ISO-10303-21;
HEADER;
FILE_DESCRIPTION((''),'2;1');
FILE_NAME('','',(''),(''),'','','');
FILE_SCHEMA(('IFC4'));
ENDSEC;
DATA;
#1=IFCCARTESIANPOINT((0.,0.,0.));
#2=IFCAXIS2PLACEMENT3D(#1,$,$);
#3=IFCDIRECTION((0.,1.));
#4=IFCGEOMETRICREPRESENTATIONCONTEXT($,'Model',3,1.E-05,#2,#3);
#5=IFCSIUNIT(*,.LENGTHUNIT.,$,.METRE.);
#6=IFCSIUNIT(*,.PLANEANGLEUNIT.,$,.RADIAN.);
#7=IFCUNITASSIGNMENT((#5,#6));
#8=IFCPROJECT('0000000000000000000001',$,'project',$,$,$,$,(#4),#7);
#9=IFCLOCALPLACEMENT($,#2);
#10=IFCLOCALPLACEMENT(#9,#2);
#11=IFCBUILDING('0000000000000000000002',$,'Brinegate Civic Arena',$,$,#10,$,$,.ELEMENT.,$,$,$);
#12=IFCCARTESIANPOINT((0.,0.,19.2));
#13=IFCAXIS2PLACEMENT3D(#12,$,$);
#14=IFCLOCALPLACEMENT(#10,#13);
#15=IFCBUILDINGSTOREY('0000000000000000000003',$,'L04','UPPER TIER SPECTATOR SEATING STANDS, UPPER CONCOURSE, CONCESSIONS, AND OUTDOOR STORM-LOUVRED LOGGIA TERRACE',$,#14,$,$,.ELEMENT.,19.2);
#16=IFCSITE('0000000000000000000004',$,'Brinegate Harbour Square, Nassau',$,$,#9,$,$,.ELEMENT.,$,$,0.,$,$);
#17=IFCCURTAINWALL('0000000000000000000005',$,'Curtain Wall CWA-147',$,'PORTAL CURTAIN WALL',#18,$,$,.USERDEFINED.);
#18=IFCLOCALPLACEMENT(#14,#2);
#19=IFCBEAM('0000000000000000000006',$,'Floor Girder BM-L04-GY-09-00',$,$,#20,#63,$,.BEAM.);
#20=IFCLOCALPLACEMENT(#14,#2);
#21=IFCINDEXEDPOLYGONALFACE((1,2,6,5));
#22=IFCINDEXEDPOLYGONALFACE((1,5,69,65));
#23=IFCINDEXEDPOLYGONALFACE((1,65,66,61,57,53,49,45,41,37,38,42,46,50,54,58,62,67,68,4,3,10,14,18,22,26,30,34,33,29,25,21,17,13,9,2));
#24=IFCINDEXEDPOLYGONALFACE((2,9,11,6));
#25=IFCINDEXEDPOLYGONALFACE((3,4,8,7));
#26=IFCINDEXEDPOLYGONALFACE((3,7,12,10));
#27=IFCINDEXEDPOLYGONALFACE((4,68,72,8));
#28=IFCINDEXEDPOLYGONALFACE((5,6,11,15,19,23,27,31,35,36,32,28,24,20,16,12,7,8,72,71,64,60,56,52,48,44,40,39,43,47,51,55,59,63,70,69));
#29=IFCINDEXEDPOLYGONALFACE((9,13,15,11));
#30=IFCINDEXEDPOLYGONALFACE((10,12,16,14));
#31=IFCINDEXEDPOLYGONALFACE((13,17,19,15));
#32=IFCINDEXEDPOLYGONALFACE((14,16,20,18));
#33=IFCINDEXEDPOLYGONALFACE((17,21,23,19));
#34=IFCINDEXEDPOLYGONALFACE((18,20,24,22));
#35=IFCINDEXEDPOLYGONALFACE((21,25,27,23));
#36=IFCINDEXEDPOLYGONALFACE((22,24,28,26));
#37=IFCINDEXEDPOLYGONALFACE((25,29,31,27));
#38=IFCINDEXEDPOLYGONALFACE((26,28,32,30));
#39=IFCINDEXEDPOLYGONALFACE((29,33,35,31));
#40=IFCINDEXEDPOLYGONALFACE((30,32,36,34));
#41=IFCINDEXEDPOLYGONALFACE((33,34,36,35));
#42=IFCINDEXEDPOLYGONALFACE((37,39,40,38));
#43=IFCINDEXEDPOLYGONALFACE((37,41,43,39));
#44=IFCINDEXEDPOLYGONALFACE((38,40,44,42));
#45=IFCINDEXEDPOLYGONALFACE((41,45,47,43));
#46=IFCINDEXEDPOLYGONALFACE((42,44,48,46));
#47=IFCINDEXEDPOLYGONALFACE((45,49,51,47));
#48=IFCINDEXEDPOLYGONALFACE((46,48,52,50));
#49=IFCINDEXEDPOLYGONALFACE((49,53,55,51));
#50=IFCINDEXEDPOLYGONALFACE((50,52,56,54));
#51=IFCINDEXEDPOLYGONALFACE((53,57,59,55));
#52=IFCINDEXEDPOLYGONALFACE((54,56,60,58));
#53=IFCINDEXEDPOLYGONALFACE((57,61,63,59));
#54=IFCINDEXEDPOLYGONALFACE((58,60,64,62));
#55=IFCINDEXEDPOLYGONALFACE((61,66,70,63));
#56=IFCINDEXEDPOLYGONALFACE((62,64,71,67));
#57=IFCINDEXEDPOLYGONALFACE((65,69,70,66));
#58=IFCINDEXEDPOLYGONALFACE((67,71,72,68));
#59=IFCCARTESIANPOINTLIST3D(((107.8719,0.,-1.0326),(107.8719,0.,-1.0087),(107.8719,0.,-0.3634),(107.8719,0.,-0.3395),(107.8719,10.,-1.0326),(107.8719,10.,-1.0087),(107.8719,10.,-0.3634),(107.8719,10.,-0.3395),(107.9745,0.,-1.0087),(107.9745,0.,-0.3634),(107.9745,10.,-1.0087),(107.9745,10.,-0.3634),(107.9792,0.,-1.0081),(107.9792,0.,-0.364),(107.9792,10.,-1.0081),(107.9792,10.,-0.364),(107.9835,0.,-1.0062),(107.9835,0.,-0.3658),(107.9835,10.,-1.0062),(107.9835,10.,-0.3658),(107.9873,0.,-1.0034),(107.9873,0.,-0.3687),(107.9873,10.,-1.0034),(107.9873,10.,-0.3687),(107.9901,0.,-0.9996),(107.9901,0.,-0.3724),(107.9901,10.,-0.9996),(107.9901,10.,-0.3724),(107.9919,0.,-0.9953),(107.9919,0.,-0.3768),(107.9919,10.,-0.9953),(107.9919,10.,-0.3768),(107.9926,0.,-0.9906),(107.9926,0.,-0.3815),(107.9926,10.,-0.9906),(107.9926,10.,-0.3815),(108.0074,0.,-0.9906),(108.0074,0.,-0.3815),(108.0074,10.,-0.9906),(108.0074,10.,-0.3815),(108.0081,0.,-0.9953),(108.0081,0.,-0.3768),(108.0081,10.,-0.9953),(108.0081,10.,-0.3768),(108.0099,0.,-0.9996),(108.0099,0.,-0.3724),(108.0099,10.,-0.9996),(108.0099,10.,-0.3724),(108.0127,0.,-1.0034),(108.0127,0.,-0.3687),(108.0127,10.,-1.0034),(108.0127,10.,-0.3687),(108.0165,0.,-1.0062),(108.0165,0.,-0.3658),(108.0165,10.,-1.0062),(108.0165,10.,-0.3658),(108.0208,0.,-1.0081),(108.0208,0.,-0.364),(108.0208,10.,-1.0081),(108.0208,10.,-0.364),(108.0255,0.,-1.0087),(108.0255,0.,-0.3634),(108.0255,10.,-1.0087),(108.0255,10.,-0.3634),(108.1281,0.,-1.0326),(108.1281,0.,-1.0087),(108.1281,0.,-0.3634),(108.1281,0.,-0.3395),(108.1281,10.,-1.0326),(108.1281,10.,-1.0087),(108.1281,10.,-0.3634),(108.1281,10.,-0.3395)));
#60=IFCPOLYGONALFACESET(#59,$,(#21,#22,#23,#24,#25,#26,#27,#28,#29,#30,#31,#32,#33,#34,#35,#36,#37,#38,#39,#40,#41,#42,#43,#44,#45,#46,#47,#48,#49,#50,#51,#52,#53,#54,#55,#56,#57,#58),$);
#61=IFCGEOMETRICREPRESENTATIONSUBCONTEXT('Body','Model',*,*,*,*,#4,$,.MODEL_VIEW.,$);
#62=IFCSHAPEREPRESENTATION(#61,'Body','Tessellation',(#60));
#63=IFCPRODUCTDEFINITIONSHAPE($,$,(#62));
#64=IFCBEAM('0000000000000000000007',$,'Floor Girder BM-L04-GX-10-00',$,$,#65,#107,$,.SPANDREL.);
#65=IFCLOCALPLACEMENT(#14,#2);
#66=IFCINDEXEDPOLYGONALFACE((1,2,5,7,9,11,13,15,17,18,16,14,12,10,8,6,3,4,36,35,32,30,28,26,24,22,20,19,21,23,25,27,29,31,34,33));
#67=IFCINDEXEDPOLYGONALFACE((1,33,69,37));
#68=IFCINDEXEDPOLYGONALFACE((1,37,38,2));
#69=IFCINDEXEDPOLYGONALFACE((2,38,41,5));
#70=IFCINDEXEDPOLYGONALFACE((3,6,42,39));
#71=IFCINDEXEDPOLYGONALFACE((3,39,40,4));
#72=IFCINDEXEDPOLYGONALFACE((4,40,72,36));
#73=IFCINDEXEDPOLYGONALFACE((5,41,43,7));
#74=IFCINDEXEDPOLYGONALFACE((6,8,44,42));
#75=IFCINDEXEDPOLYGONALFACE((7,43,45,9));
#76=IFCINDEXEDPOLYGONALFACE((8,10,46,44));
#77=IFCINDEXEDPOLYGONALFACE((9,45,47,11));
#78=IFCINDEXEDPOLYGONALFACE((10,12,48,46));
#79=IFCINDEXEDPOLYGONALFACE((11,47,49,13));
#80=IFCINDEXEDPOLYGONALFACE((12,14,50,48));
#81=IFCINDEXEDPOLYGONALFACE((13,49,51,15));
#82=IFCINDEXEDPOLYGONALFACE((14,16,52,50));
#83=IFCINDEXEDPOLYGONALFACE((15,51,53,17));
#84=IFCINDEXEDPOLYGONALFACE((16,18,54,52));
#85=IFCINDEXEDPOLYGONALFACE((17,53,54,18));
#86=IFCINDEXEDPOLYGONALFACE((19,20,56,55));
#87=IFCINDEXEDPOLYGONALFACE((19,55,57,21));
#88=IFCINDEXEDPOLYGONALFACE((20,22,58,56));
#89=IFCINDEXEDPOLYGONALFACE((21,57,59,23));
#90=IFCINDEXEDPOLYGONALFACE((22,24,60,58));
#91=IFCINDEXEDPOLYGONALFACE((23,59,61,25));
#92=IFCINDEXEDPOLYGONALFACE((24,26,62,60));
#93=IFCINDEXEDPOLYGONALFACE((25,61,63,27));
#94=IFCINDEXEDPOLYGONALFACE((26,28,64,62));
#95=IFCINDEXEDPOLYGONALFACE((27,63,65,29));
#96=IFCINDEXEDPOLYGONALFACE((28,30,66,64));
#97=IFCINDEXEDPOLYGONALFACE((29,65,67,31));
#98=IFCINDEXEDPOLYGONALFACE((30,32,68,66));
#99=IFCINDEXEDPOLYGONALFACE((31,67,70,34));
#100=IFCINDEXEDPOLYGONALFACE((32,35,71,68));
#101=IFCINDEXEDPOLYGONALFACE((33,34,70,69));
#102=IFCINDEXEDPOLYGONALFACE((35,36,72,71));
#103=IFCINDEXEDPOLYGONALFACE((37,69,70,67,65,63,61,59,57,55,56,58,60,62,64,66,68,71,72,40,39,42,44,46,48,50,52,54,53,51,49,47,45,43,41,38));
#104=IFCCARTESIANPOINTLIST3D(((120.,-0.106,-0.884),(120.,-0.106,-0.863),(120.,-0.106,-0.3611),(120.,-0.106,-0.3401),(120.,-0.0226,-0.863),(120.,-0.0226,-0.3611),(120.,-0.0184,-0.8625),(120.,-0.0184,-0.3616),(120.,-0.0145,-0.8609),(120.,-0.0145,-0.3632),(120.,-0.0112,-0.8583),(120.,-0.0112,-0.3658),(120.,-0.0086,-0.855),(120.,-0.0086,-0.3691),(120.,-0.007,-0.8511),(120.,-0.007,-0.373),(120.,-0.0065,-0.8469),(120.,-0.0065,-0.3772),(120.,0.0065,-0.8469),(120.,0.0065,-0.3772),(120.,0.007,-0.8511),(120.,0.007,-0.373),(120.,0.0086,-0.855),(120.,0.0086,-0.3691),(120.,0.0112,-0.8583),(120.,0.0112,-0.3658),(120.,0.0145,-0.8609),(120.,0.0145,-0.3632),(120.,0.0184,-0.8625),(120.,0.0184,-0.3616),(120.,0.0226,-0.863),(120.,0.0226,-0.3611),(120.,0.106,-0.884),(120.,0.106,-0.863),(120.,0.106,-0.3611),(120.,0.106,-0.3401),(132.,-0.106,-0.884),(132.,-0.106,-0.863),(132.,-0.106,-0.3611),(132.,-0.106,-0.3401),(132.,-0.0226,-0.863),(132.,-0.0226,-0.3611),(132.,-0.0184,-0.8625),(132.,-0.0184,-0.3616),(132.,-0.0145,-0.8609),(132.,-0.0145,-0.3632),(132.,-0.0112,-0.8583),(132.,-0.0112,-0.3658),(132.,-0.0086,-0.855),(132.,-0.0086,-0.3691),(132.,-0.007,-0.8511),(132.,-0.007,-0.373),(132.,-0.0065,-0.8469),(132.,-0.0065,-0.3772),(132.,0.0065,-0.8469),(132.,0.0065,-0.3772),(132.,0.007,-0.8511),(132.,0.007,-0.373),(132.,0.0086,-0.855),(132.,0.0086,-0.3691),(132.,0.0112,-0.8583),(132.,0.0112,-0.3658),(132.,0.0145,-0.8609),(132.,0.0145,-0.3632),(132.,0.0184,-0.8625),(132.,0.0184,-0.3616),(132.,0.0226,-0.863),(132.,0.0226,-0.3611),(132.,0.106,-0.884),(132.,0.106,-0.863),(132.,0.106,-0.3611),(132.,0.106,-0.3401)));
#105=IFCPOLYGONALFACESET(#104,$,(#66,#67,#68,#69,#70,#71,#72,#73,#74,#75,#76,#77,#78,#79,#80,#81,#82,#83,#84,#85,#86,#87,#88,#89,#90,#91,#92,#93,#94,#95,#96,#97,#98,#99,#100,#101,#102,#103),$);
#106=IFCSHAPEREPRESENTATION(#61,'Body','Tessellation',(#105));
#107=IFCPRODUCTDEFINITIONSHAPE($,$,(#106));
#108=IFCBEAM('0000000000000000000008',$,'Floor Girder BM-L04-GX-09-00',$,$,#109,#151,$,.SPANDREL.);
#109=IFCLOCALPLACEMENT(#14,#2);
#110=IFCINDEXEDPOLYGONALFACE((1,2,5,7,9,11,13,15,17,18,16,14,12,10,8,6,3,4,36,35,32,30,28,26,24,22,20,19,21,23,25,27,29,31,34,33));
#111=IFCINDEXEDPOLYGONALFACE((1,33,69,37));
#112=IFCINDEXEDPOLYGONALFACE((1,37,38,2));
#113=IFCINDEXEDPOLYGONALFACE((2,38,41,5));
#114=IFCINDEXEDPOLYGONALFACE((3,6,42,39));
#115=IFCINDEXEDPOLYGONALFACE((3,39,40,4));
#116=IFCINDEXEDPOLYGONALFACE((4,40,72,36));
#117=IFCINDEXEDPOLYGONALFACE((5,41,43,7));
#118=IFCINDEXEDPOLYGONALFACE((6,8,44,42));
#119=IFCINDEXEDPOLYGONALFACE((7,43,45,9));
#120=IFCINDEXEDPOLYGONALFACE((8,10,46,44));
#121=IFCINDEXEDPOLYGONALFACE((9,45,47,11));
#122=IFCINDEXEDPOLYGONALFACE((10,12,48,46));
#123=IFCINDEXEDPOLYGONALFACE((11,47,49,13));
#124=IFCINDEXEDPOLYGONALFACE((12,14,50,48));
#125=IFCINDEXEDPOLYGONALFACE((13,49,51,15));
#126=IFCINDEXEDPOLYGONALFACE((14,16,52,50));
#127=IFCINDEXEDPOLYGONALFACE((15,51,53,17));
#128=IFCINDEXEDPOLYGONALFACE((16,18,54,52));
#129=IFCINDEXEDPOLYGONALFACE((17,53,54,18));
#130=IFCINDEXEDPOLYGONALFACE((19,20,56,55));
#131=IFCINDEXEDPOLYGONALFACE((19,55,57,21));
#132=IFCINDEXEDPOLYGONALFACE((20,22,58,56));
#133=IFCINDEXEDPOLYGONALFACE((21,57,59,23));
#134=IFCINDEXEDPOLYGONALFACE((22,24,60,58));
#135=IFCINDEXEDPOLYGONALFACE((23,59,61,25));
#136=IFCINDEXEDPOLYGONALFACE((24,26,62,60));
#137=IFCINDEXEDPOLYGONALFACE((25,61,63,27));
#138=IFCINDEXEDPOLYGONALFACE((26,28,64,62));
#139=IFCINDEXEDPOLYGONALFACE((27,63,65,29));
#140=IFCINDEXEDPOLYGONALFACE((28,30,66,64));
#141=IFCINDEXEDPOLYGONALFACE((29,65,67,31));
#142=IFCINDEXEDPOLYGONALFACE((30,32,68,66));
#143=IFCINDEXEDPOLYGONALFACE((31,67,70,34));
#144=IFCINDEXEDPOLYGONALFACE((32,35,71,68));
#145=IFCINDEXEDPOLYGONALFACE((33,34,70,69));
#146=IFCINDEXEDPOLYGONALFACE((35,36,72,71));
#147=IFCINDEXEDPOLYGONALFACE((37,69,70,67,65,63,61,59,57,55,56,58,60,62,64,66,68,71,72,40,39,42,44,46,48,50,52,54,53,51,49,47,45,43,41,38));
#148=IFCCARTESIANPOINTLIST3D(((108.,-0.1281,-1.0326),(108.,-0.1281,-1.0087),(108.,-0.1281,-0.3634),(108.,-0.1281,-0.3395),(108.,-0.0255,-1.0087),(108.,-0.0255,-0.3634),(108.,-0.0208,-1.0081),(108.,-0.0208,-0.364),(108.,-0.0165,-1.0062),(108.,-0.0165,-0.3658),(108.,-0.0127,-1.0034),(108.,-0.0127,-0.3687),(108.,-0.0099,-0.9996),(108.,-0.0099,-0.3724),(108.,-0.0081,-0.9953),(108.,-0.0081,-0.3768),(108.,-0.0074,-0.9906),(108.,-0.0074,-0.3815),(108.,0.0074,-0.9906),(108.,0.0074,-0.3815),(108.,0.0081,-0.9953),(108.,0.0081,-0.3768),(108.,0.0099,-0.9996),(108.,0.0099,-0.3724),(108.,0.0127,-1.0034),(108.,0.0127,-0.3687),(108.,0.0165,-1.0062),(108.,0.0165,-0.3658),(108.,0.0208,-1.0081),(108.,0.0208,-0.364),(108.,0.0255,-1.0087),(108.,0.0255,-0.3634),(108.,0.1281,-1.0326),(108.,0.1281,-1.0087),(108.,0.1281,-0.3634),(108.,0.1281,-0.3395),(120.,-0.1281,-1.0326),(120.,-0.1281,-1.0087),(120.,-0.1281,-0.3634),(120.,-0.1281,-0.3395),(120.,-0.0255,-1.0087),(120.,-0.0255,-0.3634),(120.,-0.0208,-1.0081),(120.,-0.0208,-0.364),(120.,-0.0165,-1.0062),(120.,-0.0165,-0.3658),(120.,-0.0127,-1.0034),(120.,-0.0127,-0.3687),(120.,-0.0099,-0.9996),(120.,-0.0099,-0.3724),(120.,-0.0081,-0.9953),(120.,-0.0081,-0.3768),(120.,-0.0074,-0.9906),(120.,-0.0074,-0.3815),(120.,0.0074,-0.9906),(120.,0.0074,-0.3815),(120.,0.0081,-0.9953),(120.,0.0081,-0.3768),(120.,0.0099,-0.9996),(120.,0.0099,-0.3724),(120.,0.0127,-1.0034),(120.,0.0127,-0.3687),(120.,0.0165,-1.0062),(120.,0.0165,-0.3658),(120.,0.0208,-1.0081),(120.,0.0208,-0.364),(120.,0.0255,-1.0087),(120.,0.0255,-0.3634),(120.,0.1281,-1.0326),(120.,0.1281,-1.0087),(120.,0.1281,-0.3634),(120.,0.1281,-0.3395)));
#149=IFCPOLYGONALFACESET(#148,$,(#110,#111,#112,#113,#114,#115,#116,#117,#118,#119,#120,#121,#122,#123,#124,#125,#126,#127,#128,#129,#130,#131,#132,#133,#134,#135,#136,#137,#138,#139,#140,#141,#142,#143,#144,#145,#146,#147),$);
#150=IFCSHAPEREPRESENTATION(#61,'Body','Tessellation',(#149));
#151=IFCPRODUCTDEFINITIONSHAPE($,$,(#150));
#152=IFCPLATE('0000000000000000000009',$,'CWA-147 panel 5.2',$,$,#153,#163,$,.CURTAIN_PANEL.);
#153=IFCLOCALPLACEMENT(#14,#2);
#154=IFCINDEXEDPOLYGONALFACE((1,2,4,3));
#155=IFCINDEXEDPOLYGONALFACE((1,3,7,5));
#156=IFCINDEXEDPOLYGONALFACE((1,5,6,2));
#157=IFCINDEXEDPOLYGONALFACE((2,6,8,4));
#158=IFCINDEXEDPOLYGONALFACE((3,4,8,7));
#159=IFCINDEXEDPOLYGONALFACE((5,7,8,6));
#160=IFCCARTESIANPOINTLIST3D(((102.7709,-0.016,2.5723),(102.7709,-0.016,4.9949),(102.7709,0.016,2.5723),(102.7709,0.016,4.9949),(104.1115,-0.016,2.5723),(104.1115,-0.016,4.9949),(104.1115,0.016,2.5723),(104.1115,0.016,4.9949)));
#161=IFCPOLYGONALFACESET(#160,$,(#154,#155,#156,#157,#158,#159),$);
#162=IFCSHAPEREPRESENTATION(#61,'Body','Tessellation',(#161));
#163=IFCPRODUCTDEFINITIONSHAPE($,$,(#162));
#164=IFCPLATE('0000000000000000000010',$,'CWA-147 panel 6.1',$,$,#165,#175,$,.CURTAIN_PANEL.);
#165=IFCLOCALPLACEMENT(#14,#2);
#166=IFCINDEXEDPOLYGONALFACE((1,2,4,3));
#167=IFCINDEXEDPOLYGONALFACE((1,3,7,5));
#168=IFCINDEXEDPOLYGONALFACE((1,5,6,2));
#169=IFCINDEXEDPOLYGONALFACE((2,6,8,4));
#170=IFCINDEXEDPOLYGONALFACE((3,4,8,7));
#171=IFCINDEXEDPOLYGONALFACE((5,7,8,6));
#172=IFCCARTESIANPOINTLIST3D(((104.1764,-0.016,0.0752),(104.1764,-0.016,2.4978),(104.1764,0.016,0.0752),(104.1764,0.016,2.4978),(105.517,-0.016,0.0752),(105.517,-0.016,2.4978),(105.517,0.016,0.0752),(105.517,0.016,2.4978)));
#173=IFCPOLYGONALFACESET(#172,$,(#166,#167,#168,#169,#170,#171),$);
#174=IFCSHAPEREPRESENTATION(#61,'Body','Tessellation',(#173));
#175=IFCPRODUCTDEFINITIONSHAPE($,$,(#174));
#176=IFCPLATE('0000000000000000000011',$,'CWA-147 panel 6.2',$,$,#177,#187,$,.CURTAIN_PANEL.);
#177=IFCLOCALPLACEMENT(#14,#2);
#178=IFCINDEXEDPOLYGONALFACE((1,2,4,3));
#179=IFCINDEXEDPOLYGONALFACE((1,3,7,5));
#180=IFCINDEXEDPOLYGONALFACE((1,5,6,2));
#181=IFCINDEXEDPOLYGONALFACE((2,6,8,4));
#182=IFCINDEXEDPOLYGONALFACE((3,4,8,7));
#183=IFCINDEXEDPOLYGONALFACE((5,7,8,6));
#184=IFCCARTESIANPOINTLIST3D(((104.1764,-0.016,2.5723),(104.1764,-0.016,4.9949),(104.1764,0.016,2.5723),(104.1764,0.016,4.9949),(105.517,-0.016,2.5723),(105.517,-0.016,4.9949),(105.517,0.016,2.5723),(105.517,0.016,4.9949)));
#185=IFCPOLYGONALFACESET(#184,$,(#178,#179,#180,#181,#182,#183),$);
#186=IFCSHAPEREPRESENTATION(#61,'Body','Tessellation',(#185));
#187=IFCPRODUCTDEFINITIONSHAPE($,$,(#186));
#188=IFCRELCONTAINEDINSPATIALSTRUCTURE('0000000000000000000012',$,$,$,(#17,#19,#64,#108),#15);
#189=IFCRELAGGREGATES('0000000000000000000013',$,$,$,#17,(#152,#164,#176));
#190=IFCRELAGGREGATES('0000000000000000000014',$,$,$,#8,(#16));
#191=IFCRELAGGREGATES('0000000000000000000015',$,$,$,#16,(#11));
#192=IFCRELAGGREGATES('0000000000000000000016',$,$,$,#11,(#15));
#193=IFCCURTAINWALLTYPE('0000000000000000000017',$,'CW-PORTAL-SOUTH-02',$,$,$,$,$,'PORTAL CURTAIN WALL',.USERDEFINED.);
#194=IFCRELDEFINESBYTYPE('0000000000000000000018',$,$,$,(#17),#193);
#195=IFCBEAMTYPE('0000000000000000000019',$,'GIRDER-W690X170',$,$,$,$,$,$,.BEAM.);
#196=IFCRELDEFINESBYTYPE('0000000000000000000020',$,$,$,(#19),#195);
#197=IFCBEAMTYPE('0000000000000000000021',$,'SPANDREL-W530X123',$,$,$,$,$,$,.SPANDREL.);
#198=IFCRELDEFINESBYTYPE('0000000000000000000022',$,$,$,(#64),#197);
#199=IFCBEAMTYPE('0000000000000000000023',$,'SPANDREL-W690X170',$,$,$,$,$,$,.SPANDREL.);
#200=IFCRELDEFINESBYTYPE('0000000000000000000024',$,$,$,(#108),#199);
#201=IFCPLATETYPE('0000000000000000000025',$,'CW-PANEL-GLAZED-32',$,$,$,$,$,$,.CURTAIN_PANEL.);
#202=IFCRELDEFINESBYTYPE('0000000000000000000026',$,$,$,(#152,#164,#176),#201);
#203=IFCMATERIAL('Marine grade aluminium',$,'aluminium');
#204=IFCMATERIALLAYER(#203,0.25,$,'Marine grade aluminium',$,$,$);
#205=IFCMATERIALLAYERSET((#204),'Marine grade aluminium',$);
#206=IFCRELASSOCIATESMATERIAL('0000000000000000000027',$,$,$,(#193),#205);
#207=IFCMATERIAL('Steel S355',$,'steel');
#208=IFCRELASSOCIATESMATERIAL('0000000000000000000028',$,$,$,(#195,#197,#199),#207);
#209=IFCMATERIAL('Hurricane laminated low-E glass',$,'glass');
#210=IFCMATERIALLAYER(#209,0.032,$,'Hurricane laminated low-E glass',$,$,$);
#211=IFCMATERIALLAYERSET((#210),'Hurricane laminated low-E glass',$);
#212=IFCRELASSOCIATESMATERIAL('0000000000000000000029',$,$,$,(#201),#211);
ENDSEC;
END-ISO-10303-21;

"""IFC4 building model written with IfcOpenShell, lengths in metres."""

from ifc_helpers import new_model, si_unit, direction, frame, origin, origin_2d, place, context, subcontext, project, spatial, rectangle, i_section, extrude, material, layer, layer_set, material_profile, profile_set, type_object, element, aggregate, save


model = new_model("IFC4")

# Units and contexts
model_context = context("Model", 3, precision=1e-05, world=origin(), true_north=direction((0.0, 1.0)))
body_context = subcontext(model_context, "Body", "Model", "MODEL_VIEW")
ifc_project = project(units=[si_unit("LENGTHUNIT", "METRE"), si_unit("PLANEANGLEUNIT", "RADIAN")], contexts=[model_context])

# Site, building, storey
site_placement = place(None, origin())
site = spatial("IfcSite", under=ifc_project, at=site_placement, Name="Brinegate Harbour Square, Nassau", CompositionType="ELEMENT", RefElevation=0.0)
building_placement = place(site_placement, origin())
building = spatial("IfcBuilding", under=site, at=building_placement, Name="Brinegate Civic Arena", CompositionType="ELEMENT")
storey_placement = place(building_placement, frame((0.0, 0.0, 19.2)))
storey = spatial("IfcBuildingStorey", under=building, at=storey_placement, Name="L04", Description="UPPER TIER SPECTATOR SEATING STANDS, UPPER CONCOURSE, CONCESSIONS, AND OUTDOOR STORM-LOUVRED LOGGIA TERRACE", CompositionType="ELEMENT", Elevation=19.2)

# Curtain wall
ifc_material_1 = material(Name="Marine grade aluminium", Category="aluminium")
ifc_layer_1 = layer(ifc_material_1, 0.25, Name="Marine grade aluminium")
ifc_layer_set_1 = layer_set([ifc_layer_1], Name="Marine grade aluminium")
curtain_wall_type = type_object("IfcCurtainWallType", Name="CW-PORTAL-SOUTH-02", ElementType="PORTAL CURTAIN WALL", PredefinedType="USERDEFINED", material=ifc_layer_set_1)
curtain_wall_placement = place(storey_placement, origin())
curtain_wall = element("IfcCurtainWall", 1, at=curtain_wall_placement, inside=storey, type_object=curtain_wall_type, Name="Curtain Wall CWA-147", ObjectType="PORTAL CURTAIN WALL", PredefinedType="USERDEFINED")

# Beams
ifc_material_2 = material(Name="Steel S355", Category="steel")
ifc_material_profile_1 = material_profile(ifc_material_2, i_section(OverallWidth=0.2561, OverallDepth=0.6931, WebThickness=0.0149, FlangeThickness=0.0239, FilletRadius=0.0181, at=origin_2d()), Name="W690X170")
ifc_profile_set_1 = profile_set([ifc_material_profile_1], Name="Steel S355")
beam_type_1 = type_object("IfcBeamType", Name="GIRDER-W690X170", PredefinedType="BEAM", material=ifc_profile_set_1)
beam_1_placement = place(storey_placement, frame((108.0, 0.0, -0.686), z_axis=(0.0, 1.0, 0.0), x_axis=(-1.0, 0.0, 0.0)))
element("IfcBeam", 2, at=beam_1_placement, inside=storey, type_object=beam_type_1, Name="Floor Girder BM-L04-GY-09-00", PredefinedType="BEAM", context=body_context, shape_type="SweptSolid", body=[
    extrude(i_section(OverallWidth=0.2561, OverallDepth=0.6931, WebThickness=0.0149, FlangeThickness=0.0239, FilletRadius=0.0181, at=origin_2d()), origin(), (0.0, 0.0, 1.0), 10.0),
])
ifc_material_profile_2 = material_profile(ifc_material_2, i_section(OverallWidth=0.2119, OverallDepth=0.5439, WebThickness=0.0129, FlangeThickness=0.021, FilletRadius=0.0161, at=origin_2d()), Name="W530X123")
ifc_profile_set_2 = profile_set([ifc_material_profile_2], Name="Steel S355")
beam_type_2 = type_object("IfcBeamType", Name="SPANDREL-W530X123", PredefinedType="SPANDREL", material=ifc_profile_set_2)
beam_2_placement = place(storey_placement, frame((120.0, 0.0, -0.6121), z_axis=(1.0, 0.0, 0.0), x_axis=(0.0, 1.0, 0.0)))
element("IfcBeam", 3, at=beam_2_placement, inside=storey, type_object=beam_type_2, Name="Floor Girder BM-L04-GX-10-00", PredefinedType="SPANDREL", context=body_context, shape_type="SweptSolid", body=[
    extrude(i_section(OverallWidth=0.2119, OverallDepth=0.5439, WebThickness=0.0129, FlangeThickness=0.021, FilletRadius=0.0161, at=origin_2d()), origin(), (0.0, 0.0, 1.0), 12.0),
])
ifc_material_profile_3 = material_profile(ifc_material_2, i_section(OverallWidth=0.2561, OverallDepth=0.6931, WebThickness=0.0149, FlangeThickness=0.0239, FilletRadius=0.0181, at=origin_2d()), Name="W690X170")
ifc_profile_set_3 = profile_set([ifc_material_profile_3], Name="Steel S355")
beam_type_3 = type_object("IfcBeamType", Name="SPANDREL-W690X170", PredefinedType="SPANDREL", material=ifc_profile_set_3)
beam_3_placement = place(storey_placement, frame((108.0, 0.0, -0.686), z_axis=(1.0, 0.0, 0.0), x_axis=(0.0, 1.0, 0.0)))
element("IfcBeam", 4, at=beam_3_placement, inside=storey, type_object=beam_type_3, Name="Floor Girder BM-L04-GX-09-00", PredefinedType="SPANDREL", context=body_context, shape_type="SweptSolid", body=[
    extrude(i_section(OverallWidth=0.2561, OverallDepth=0.6931, WebThickness=0.0149, FlangeThickness=0.0239, FilletRadius=0.0181, at=origin_2d()), origin(), (0.0, 0.0, 1.0), 12.0),
])

# Plates
ifc_material_3 = material(Name="Hurricane laminated low-E glass", Category="glass")
ifc_layer_2 = layer(ifc_material_3, 0.032, Name="Hurricane laminated low-E glass")
ifc_layer_set_2 = layer_set([ifc_layer_2], Name="Hurricane laminated low-E glass")
plate_type = type_object("IfcPlateType", Name="CW-PANEL-GLAZED-32", PredefinedType="CURTAIN_PANEL", material=ifc_layer_set_2)
plate_1_placement = place(storey_placement, frame((103.4412, 0.0, 2.5723), z_axis=(0.0, 0.0, 1.0), x_axis=(1.0, 0.0, 0.0)))
plate_1 = element("IfcPlate", 5, at=plate_1_placement, type_object=plate_type, Name="CWA-147 panel 5.2", PredefinedType="CURTAIN_PANEL", context=body_context, shape_type="SweptSolid", body=[
    extrude(rectangle(XDim=1.3406, YDim=0.032, at=origin_2d()), origin(), (0.0, 0.0, 1.0), 2.4226),
])
plate_2_placement = place(storey_placement, frame((104.8467, 0.0, 0.0752), z_axis=(0.0, 0.0, 1.0), x_axis=(1.0, 0.0, 0.0)))
plate_2 = element("IfcPlate", 6, at=plate_2_placement, type_object=plate_type, Name="CWA-147 panel 6.1", PredefinedType="CURTAIN_PANEL", context=body_context, shape_type="SweptSolid", body=[
    extrude(rectangle(XDim=1.3406, YDim=0.032, at=origin_2d()), origin(), (0.0, 0.0, 1.0), 2.4226),
])
plate_3_placement = place(storey_placement, frame((104.8467, 0.0, 2.5723), z_axis=(0.0, 0.0, 1.0), x_axis=(1.0, 0.0, 0.0)))
plate_3 = element("IfcPlate", 7, at=plate_3_placement, type_object=plate_type, Name="CWA-147 panel 6.2", PredefinedType="CURTAIN_PANEL", context=body_context, shape_type="SweptSolid", body=[
    extrude(rectangle(XDim=1.3406, YDim=0.032, at=origin_2d()), origin(), (0.0, 0.0, 1.0), 2.4226),
])
aggregate(curtain_wall, [plate_1, plate_2, plate_3])

save(model, "model.ifc")
